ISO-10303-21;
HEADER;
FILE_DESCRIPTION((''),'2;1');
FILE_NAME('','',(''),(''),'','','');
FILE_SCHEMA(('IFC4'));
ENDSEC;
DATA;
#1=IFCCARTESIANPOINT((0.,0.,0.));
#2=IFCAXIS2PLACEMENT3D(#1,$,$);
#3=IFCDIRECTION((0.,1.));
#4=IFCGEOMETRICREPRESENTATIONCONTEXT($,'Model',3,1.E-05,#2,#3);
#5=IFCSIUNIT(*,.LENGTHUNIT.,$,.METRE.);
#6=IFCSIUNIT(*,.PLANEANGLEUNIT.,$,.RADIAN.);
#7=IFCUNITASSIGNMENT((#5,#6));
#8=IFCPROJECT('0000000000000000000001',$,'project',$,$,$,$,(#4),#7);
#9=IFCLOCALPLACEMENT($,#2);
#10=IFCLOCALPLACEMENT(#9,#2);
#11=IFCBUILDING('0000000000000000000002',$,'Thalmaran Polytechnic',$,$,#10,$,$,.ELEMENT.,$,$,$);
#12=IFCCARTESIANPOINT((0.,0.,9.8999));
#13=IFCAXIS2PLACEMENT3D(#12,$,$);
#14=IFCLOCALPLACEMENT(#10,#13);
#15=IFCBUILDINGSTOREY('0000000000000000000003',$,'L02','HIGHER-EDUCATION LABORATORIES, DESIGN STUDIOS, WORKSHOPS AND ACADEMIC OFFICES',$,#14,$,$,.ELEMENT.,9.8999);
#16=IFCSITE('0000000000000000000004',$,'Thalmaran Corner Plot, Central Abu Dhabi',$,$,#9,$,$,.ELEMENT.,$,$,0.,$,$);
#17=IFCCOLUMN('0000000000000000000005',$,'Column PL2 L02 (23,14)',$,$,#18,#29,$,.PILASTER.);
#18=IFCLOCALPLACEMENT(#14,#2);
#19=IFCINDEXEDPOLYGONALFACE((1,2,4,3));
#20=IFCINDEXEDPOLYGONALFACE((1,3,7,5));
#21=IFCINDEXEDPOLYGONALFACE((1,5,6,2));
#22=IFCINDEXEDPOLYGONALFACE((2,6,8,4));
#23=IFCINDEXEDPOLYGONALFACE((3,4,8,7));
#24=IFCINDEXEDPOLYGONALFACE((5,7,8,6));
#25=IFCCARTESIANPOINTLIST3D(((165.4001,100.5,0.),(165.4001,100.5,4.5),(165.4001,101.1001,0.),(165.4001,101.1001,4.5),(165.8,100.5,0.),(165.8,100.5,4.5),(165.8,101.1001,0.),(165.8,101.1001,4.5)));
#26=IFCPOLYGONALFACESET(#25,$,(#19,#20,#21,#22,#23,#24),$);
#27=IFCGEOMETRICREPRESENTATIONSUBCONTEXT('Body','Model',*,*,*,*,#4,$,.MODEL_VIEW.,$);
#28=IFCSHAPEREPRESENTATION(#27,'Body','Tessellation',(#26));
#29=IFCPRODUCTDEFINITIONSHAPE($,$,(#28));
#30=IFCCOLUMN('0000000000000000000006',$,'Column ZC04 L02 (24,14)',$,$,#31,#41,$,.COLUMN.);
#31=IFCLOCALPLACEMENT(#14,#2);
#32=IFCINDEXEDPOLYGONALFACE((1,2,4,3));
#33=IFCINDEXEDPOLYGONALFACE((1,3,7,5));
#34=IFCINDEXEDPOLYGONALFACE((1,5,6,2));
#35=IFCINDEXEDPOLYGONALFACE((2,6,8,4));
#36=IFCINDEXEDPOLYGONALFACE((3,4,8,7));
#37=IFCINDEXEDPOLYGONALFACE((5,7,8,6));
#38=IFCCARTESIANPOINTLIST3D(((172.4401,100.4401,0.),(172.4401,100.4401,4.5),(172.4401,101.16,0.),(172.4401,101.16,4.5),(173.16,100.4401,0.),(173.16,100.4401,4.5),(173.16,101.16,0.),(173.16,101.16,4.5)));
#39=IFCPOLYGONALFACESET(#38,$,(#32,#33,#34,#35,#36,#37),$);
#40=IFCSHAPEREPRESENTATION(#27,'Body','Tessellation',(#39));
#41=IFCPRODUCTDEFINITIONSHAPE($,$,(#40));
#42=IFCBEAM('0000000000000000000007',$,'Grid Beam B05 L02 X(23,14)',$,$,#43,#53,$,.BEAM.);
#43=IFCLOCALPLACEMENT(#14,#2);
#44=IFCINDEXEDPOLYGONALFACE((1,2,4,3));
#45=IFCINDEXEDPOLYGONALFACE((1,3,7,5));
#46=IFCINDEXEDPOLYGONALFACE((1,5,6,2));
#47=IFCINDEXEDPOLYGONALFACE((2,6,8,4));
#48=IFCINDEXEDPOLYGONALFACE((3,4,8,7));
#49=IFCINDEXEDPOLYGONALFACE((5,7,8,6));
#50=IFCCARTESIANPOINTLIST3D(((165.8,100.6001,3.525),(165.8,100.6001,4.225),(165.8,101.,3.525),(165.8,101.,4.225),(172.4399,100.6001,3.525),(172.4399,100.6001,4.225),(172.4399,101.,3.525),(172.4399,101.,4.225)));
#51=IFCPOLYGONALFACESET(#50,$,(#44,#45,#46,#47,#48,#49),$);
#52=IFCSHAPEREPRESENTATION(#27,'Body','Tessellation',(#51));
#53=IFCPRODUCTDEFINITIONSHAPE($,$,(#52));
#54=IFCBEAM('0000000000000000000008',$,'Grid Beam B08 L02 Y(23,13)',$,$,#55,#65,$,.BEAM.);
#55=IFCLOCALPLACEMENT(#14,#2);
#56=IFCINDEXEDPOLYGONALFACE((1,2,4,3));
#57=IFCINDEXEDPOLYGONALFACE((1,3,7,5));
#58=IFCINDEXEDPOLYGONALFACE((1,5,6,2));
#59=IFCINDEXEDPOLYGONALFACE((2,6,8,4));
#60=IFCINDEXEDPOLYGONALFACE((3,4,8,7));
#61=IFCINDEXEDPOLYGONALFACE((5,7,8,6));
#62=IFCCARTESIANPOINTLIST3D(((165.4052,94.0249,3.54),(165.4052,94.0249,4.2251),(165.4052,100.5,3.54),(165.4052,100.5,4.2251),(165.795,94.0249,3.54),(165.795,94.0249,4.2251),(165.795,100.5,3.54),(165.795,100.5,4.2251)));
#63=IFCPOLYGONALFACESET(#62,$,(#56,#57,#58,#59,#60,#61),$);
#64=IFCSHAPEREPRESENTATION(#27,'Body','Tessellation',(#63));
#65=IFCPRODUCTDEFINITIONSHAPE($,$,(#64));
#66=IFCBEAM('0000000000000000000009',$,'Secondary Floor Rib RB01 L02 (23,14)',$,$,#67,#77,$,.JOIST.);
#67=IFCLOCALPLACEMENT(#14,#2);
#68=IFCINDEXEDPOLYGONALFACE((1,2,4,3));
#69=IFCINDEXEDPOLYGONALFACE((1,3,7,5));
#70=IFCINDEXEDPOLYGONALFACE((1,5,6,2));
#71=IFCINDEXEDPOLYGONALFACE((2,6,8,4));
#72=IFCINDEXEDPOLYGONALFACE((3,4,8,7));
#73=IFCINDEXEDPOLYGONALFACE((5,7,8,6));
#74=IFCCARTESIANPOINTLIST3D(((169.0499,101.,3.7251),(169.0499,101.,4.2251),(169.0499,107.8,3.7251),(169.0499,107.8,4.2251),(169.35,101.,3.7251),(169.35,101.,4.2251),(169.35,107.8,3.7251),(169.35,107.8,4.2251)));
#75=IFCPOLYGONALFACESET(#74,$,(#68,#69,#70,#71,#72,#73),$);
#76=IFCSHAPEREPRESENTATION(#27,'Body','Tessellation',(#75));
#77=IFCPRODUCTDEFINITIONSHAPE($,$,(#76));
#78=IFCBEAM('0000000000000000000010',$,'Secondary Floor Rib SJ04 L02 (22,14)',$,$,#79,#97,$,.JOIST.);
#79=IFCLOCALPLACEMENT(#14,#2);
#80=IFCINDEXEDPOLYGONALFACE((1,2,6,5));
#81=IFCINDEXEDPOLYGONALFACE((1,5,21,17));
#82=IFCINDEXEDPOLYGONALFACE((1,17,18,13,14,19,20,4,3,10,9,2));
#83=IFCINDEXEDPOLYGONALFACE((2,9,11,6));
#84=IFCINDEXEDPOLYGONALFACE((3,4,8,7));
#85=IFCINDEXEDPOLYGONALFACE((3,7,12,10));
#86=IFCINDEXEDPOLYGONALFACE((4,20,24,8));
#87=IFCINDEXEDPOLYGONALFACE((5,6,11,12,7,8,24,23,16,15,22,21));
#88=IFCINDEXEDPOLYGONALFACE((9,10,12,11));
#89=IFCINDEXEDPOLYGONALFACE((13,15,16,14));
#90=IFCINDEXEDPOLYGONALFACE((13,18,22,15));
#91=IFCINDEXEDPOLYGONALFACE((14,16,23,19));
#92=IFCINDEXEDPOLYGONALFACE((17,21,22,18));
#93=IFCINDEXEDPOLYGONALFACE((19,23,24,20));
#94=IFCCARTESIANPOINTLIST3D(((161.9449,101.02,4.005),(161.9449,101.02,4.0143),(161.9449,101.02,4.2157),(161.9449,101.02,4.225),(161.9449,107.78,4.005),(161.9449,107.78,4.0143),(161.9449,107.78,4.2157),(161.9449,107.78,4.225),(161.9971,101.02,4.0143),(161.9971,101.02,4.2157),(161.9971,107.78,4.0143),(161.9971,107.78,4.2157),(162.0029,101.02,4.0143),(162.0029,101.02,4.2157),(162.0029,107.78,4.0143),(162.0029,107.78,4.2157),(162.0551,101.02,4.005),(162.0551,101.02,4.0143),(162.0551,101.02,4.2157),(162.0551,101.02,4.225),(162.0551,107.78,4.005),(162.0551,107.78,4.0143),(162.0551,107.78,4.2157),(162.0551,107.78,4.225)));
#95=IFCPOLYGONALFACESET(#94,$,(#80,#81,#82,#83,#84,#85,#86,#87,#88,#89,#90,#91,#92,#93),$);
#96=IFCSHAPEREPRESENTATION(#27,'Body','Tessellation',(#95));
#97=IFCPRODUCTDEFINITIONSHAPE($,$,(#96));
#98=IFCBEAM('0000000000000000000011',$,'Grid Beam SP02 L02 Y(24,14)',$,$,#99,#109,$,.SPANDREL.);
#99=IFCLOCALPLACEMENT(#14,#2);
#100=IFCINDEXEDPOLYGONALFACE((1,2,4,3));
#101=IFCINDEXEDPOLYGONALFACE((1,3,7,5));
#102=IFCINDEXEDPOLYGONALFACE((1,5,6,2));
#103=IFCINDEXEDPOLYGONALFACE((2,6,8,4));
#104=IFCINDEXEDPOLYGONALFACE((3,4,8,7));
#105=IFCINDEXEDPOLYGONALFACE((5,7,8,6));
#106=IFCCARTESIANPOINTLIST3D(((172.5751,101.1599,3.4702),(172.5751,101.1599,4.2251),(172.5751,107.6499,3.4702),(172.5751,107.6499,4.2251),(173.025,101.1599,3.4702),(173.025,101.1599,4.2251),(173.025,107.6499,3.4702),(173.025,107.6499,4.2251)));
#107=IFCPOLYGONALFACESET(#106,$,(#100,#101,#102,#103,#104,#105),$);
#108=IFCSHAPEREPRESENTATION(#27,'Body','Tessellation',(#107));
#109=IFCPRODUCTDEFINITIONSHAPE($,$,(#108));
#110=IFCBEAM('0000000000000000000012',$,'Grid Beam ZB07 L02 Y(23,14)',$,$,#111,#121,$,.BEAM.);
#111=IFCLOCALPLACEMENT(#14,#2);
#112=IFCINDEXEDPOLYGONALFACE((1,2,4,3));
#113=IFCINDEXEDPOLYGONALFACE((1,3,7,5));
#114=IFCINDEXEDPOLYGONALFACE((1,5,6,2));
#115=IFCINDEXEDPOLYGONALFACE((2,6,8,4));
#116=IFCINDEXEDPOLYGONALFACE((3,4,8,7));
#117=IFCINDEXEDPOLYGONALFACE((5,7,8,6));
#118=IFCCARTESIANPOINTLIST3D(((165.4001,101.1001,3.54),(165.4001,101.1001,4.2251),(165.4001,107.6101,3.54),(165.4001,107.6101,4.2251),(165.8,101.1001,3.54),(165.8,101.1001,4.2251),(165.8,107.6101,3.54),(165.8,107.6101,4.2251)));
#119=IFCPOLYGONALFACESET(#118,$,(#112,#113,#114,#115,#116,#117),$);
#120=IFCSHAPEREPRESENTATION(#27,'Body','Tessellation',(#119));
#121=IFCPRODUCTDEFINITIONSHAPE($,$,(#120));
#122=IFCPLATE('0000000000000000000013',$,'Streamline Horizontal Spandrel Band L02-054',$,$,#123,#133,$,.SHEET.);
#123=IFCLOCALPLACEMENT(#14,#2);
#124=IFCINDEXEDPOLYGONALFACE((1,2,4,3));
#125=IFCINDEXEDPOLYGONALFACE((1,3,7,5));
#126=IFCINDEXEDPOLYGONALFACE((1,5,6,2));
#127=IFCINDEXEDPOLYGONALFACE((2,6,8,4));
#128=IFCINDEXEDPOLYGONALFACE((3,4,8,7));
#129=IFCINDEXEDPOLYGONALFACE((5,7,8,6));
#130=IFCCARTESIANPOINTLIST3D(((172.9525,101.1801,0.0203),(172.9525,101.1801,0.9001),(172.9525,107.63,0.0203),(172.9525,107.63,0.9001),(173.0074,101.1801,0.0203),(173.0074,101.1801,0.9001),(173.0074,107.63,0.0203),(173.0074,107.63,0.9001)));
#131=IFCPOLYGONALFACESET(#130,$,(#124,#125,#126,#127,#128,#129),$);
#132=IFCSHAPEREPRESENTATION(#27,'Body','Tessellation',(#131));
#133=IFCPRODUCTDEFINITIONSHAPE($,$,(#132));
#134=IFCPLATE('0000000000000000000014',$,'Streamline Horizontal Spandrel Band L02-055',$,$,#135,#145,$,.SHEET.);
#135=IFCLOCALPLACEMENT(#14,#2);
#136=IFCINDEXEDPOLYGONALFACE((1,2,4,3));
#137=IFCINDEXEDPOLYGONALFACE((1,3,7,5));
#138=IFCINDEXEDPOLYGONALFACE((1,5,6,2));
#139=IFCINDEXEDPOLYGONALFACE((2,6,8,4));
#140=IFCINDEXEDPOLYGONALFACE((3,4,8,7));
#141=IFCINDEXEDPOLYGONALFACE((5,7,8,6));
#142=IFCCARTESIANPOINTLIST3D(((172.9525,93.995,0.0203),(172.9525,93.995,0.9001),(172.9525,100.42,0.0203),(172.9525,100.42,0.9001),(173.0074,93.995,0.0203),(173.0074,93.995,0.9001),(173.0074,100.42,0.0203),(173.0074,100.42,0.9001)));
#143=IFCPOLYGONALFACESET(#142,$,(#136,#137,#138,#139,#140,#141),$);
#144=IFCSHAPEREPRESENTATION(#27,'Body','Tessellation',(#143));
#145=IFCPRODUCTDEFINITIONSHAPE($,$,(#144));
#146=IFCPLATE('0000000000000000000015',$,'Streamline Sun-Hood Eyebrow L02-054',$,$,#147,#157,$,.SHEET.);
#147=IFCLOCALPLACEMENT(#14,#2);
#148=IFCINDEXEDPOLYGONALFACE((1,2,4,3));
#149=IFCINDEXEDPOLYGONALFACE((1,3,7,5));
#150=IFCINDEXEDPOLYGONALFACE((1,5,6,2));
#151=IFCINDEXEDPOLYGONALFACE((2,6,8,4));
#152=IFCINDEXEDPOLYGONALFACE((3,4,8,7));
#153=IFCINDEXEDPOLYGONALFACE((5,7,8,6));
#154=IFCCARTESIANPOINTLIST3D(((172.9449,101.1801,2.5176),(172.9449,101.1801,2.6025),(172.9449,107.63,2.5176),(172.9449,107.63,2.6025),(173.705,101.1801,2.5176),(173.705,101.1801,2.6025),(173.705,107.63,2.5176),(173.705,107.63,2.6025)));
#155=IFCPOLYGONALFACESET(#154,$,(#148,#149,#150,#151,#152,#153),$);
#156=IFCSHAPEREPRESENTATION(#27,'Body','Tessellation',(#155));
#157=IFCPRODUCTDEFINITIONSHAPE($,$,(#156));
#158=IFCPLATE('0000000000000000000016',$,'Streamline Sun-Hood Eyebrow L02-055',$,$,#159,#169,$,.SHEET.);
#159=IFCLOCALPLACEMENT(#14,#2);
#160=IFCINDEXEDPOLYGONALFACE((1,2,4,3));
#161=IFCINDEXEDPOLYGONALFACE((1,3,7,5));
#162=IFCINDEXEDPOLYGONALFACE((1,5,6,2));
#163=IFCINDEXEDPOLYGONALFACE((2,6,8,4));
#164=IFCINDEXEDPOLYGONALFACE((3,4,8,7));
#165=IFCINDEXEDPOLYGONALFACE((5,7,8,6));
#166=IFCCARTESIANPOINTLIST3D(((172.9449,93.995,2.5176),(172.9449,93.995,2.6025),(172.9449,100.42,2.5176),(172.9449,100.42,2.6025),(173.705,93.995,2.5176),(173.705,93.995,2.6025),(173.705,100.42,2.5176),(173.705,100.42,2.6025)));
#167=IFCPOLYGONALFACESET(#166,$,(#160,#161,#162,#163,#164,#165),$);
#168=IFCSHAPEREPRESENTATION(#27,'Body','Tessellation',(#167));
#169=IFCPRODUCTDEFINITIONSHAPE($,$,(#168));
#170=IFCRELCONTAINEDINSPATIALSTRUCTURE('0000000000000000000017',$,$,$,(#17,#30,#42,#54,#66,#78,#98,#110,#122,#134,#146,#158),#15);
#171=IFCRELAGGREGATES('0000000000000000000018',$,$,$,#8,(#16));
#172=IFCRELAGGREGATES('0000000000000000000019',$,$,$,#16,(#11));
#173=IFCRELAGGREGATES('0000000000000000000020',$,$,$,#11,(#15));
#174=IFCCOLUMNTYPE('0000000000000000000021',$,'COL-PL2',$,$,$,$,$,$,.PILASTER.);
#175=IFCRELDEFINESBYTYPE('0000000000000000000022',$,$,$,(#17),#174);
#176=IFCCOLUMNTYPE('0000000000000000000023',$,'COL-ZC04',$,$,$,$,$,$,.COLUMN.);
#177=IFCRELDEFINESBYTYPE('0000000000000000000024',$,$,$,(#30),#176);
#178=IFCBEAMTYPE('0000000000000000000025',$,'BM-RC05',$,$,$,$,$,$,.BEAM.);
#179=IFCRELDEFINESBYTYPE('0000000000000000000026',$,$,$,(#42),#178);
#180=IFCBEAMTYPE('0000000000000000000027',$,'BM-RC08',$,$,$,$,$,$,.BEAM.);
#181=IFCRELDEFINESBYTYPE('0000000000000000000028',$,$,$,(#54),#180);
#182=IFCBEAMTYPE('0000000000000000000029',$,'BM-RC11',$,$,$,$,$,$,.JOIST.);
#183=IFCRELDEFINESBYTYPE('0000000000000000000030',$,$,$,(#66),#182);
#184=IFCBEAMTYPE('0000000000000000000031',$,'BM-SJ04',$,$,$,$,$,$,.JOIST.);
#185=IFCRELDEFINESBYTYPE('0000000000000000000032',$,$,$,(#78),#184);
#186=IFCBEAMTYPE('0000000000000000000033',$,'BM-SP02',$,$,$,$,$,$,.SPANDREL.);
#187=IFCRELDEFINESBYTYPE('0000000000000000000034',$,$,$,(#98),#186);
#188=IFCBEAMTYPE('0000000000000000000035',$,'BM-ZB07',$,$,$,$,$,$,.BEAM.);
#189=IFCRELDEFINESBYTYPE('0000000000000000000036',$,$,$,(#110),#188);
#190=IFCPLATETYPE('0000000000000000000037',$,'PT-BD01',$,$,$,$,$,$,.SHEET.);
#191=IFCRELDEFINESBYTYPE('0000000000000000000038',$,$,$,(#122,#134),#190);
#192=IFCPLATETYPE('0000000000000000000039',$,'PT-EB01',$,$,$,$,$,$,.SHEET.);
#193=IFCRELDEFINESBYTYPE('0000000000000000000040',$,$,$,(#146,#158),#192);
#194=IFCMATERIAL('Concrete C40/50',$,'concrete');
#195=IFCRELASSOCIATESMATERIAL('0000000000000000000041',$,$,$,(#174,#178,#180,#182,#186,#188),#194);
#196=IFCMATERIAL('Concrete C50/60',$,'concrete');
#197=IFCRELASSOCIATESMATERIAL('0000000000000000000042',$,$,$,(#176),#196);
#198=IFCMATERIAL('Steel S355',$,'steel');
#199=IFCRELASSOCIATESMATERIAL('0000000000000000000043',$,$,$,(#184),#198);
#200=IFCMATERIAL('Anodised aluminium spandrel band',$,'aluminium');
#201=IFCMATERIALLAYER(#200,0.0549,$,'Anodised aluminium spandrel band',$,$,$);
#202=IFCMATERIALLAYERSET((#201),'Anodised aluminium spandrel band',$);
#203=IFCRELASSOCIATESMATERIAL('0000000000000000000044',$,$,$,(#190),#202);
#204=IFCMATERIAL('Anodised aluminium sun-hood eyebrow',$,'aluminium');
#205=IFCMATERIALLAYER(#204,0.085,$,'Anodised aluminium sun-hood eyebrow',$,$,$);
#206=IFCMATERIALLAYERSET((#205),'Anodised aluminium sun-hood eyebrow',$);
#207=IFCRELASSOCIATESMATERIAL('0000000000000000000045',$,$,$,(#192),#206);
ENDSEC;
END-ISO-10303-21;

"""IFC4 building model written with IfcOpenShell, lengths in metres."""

from ifc_helpers import new_model, si_unit, direction, frame, origin, origin_2d, place, context, subcontext, project, spatial, rectangle, i_section, extrude, material, layer, layer_set, material_profile, profile_set, type_object, element, save


model = new_model("IFC4")

# Units and contexts
model_context = context("Model", 3, precision=1e-05, world=origin(), true_north=direction((0.0, 1.0)))
body_context = subcontext(model_context, "Body", "Model", "MODEL_VIEW")
ifc_project = project(units=[si_unit("LENGTHUNIT", "METRE"), si_unit("PLANEANGLEUNIT", "RADIAN")], contexts=[model_context])

# Site, building, storey
site_placement = place(None, origin())
site = spatial("IfcSite", under=ifc_project, at=site_placement, Name="Thalmaran Corner Plot, Central Abu Dhabi", CompositionType="ELEMENT", RefElevation=0.0)
building_placement = place(site_placement, origin())
building = spatial("IfcBuilding", under=site, at=building_placement, Name="Thalmaran Polytechnic", CompositionType="ELEMENT")
storey_placement = place(building_placement, frame((0.0, 0.0, 9.8999)))
storey = spatial("IfcBuildingStorey", under=building, at=storey_placement, Name="L02", Description="HIGHER-EDUCATION LABORATORIES, DESIGN STUDIOS, WORKSHOPS AND ACADEMIC OFFICES", CompositionType="ELEMENT", Elevation=9.8999)

# Columns
ifc_material_1 = material(Name="Concrete C40/50", Category="concrete")
ifc_material_profile_1 = material_profile(ifc_material_1, rectangle(XDim=0.3999, YDim=0.6001, at=origin_2d()), Name="RC 400x600")
ifc_profile_set_1 = profile_set([ifc_material_profile_1], Name="Concrete C40/50")
column_type_1 = type_object("IfcColumnType", Name="COL-PL2", PredefinedType="PILASTER", material=ifc_profile_set_1)
column_1_placement = place(storey_placement, frame((165.6001, 100.8, 0.0), z_axis=(0.0, 0.0, 1.0), x_axis=(1.0, 0.0, 0.0)))
element("IfcColumn", 1, at=column_1_placement, inside=storey, type_object=column_type_1, Name="Column PL2 L02 (23,14)", PredefinedType="PILASTER", context=body_context, shape_type="SweptSolid", body=[
    extrude(rectangle(XDim=0.3999, YDim=0.6001, at=origin_2d()), origin(), (0.0, 0.0, 1.0), 4.5),
])
ifc_material_2 = material(Name="Concrete C50/60", Category="concrete")
ifc_material_profile_2 = material_profile(ifc_material_2, rectangle(XDim=0.72, YDim=0.72, at=origin_2d()), Name="RC 720x720")
ifc_profile_set_2 = profile_set([ifc_material_profile_2], Name="Concrete C50/60")
column_type_2 = type_object("IfcColumnType", Name="COL-ZC04", PredefinedType="COLUMN", material=ifc_profile_set_2)
column_2_placement = place(storey_placement, frame((172.8, 100.8, 0.0), z_axis=(0.0, 0.0, 1.0), x_axis=(1.0, 0.0, 0.0)))
element("IfcColumn", 2, at=column_2_placement, inside=storey, type_object=column_type_2, Name="Column ZC04 L02 (24,14)", PredefinedType="COLUMN", context=body_context, shape_type="SweptSolid", body=[
    extrude(rectangle(XDim=0.72, YDim=0.72, at=origin_2d()), origin(), (0.0, 0.0, 1.0), 4.5),
])

# Beams
ifc_material_profile_3 = material_profile(ifc_material_1, rectangle(XDim=0.3999, YDim=0.7, at=origin_2d()), Name="RC 400x700")
ifc_profile_set_3 = profile_set([ifc_material_profile_3], Name="Concrete C40/50")
beam_type_1 = type_object("IfcBeamType", Name="BM-RC05", PredefinedType="BEAM", material=ifc_profile_set_3)
beam_1_placement = place(storey_placement, frame((165.8, 100.8, 3.875), z_axis=(1.0, 0.0, 0.0), x_axis=(0.0, 1.0, 0.0)))
element("IfcBeam", 3, at=beam_1_placement, inside=storey, type_object=beam_type_1, Name="Grid Beam B05 L02 X(23,14)", PredefinedType="BEAM", context=body_context, shape_type="SweptSolid", body=[
    extrude(rectangle(XDim=0.3999, YDim=0.7, at=origin_2d()), origin(), (0.0, 0.0, 1.0), 6.6399),
])
ifc_material_profile_4 = material_profile(ifc_material_1, rectangle(XDim=0.3899, YDim=0.6851, at=origin_2d()), Name="RC 390x685")
ifc_profile_set_4 = profile_set([ifc_material_profile_4], Name="Concrete C40/50")
beam_type_2 = type_object("IfcBeamType", Name="BM-RC08", PredefinedType="BEAM", material=ifc_profile_set_4)
beam_2_placement = place(storey_placement, frame((165.6001, 94.0249, 3.8826), z_axis=(0.0, 1.0, 0.0), x_axis=(-1.0, 0.0, 0.0)))
element("IfcBeam", 4, at=beam_2_placement, inside=storey, type_object=beam_type_2, Name="Grid Beam B08 L02 Y(23,13)", PredefinedType="BEAM", context=body_context, shape_type="SweptSolid", body=[
    extrude(rectangle(XDim=0.3899, YDim=0.6851, at=origin_2d()), origin(), (0.0, 0.0, 1.0), 6.4751),
])
ifc_material_profile_5 = material_profile(ifc_material_1, rectangle(XDim=0.3, YDim=0.5, at=origin_2d()), Name="RC 300x500")
ifc_profile_set_5 = profile_set([ifc_material_profile_5], Name="Concrete C40/50")
beam_type_3 = type_object("IfcBeamType", Name="BM-RC11", PredefinedType="JOIST", material=ifc_profile_set_5)
beam_3_placement = place(storey_placement, frame((169.2, 101.0, 3.9751), z_axis=(0.0, 1.0, 0.0), x_axis=(-1.0, 0.0, 0.0)))
element("IfcBeam", 5, at=beam_3_placement, inside=storey, type_object=beam_type_3, Name="Secondary Floor Rib RB01 L02 (23,14)", PredefinedType="JOIST", context=body_context, shape_type="SweptSolid", body=[
    extrude(rectangle(XDim=0.3, YDim=0.5, at=origin_2d()), origin(), (0.0, 0.0, 1.0), 6.8),
])
ifc_material_3 = material(Name="Steel S355", Category="steel")
ifc_material_profile_6 = material_profile(ifc_material_3, i_section(OverallWidth=0.1101, OverallDepth=0.22, WebThickness=0.0059, FlangeThickness=0.0093, at=origin_2d()), Name="IPE 220")
ifc_profile_set_6 = profile_set([ifc_material_profile_6], Name="Steel S355")
beam_type_4 = type_object("IfcBeamType", Name="BM-SJ04", PredefinedType="JOIST", material=ifc_profile_set_6)
beam_4_placement = place(storey_placement, frame((162.0, 101.02, 4.115), z_axis=(0.0, 1.0, 0.0), x_axis=(-1.0, 0.0, 0.0)))
element("IfcBeam", 6, at=beam_4_placement, inside=storey, type_object=beam_type_4, Name="Secondary Floor Rib SJ04 L02 (22,14)", PredefinedType="JOIST", context=body_context, shape_type="SweptSolid", body=[
    extrude(i_section(OverallWidth=0.1101, OverallDepth=0.22, WebThickness=0.0059, FlangeThickness=0.0093, at=origin_2d()), origin(), (0.0, 0.0, 1.0), 6.76),
])
ifc_material_profile_7 = material_profile(ifc_material_1, rectangle(XDim=0.45, YDim=0.7549, at=origin_2d()), Name="RC 450x755")
ifc_profile_set_7 = profile_set([ifc_material_profile_7], Name="Concrete C40/50")
beam_type_5 = type_object("IfcBeamType", Name="BM-SP02", PredefinedType="SPANDREL", material=ifc_profile_set_7)
beam_5_placement = place(storey_placement, frame((172.8, 101.1599, 3.8477), z_axis=(0.0, 1.0, 0.0), x_axis=(-1.0, 0.0, 0.0)))
element("IfcBeam", 7, at=beam_5_placement, inside=storey, type_object=beam_type_5, Name="Grid Beam SP02 L02 Y(24,14)", PredefinedType="SPANDREL", context=body_context, shape_type="SweptSolid", body=[
    extrude(rectangle(XDim=0.45, YDim=0.7549, at=origin_2d()), origin(), (0.0, 0.0, 1.0), 6.49),
])
ifc_material_profile_8 = material_profile(ifc_material_1, rectangle(XDim=0.3999, YDim=0.6851, at=origin_2d()), Name="RC 400x685")
ifc_profile_set_8 = profile_set([ifc_material_profile_8], Name="Concrete C40/50")
beam_type_6 = type_object("IfcBeamType", Name="BM-ZB07", PredefinedType="BEAM", material=ifc_profile_set_8)
beam_6_placement = place(storey_placement, frame((165.6001, 101.1001, 3.8826), z_axis=(0.0, 1.0, 0.0), x_axis=(-1.0, 0.0, 0.0)))
element("IfcBeam", 8, at=beam_6_placement, inside=storey, type_object=beam_type_6, Name="Grid Beam ZB07 L02 Y(23,14)", PredefinedType="BEAM", context=body_context, shape_type="SweptSolid", body=[
    extrude(rectangle(XDim=0.3999, YDim=0.6851, at=origin_2d()), origin(), (0.0, 0.0, 1.0), 6.51),
])

# Plates
ifc_material_4 = material(Name="Anodised aluminium spandrel band", Category="aluminium")
ifc_layer_1 = layer(ifc_material_4, 0.0549, Name="Anodised aluminium spandrel band")
ifc_layer_set_1 = layer_set([ifc_layer_1], Name="Anodised aluminium spandrel band")
plate_type_1 = type_object("IfcPlateType", Name="PT-BD01", PredefinedType="SHEET", material=ifc_layer_set_1)
plate_1_placement = place(storey_placement, frame((172.98, 104.405, 0.0203), z_axis=(0.0, 0.0, 1.0), x_axis=(0.0, -1.0, 0.0)))
element("IfcPlate", 9, at=plate_1_placement, inside=storey, type_object=plate_type_1, Name="Streamline Horizontal Spandrel Band L02-054", PredefinedType="SHEET", context=body_context, shape_type="SweptSolid", body=[
    extrude(rectangle(XDim=6.45, YDim=0.0549, at=origin_2d()), origin(), (0.0, 0.0, 1.0), 0.8799),
])
plate_2_placement = place(storey_placement, frame((172.98, 97.2075, 0.0203), z_axis=(0.0, 0.0, 1.0), x_axis=(0.0, -1.0, 0.0)))
element("IfcPlate", 10, at=plate_2_placement, inside=storey, type_object=plate_type_1, Name="Streamline Horizontal Spandrel Band L02-055", PredefinedType="SHEET", context=body_context, shape_type="SweptSolid", body=[
    extrude(rectangle(XDim=6.425, YDim=0.0549, at=origin_2d()), origin(), (0.0, 0.0, 1.0), 0.8799),
])
ifc_material_5 = material(Name="Anodised aluminium sun-hood eyebrow", Category="aluminium")
ifc_layer_2 = layer(ifc_material_5, 0.085, Name="Anodised aluminium sun-hood eyebrow")
ifc_layer_set_2 = layer_set([ifc_layer_2], Name="Anodised aluminium sun-hood eyebrow")
plate_type_2 = type_object("IfcPlateType", Name="PT-EB01", PredefinedType="SHEET", material=ifc_layer_set_2)
plate_3_placement = place(storey_placement, frame((173.325, 104.405, 2.5176), z_axis=(0.0, 0.0, 1.0), x_axis=(0.0, -1.0, 0.0)))
element("IfcPlate", 11, at=plate_3_placement, inside=storey, type_object=plate_type_2, Name="Streamline Sun-Hood Eyebrow L02-054", PredefinedType="SHEET", context=body_context, shape_type="SweptSolid", body=[
    extrude(rectangle(XDim=6.45, YDim=0.76, at=origin_2d()), origin(), (0.0, 0.0, 1.0), 0.085),
])
plate_4_placement = place(storey_placement, frame((173.325, 97.2075, 2.5176), z_axis=(0.0, 0.0, 1.0), x_axis=(0.0, -1.0, 0.0)))
element("IfcPlate", 12, at=plate_4_placement, inside=storey, type_object=plate_type_2, Name="Streamline Sun-Hood Eyebrow L02-055", PredefinedType="SHEET", context=body_context, shape_type="SweptSolid", body=[
    extrude(rectangle(XDim=6.425, YDim=0.76, at=origin_2d()), origin(), (0.0, 0.0, 1.0), 0.085),
])

save(model, "model.ifc")
